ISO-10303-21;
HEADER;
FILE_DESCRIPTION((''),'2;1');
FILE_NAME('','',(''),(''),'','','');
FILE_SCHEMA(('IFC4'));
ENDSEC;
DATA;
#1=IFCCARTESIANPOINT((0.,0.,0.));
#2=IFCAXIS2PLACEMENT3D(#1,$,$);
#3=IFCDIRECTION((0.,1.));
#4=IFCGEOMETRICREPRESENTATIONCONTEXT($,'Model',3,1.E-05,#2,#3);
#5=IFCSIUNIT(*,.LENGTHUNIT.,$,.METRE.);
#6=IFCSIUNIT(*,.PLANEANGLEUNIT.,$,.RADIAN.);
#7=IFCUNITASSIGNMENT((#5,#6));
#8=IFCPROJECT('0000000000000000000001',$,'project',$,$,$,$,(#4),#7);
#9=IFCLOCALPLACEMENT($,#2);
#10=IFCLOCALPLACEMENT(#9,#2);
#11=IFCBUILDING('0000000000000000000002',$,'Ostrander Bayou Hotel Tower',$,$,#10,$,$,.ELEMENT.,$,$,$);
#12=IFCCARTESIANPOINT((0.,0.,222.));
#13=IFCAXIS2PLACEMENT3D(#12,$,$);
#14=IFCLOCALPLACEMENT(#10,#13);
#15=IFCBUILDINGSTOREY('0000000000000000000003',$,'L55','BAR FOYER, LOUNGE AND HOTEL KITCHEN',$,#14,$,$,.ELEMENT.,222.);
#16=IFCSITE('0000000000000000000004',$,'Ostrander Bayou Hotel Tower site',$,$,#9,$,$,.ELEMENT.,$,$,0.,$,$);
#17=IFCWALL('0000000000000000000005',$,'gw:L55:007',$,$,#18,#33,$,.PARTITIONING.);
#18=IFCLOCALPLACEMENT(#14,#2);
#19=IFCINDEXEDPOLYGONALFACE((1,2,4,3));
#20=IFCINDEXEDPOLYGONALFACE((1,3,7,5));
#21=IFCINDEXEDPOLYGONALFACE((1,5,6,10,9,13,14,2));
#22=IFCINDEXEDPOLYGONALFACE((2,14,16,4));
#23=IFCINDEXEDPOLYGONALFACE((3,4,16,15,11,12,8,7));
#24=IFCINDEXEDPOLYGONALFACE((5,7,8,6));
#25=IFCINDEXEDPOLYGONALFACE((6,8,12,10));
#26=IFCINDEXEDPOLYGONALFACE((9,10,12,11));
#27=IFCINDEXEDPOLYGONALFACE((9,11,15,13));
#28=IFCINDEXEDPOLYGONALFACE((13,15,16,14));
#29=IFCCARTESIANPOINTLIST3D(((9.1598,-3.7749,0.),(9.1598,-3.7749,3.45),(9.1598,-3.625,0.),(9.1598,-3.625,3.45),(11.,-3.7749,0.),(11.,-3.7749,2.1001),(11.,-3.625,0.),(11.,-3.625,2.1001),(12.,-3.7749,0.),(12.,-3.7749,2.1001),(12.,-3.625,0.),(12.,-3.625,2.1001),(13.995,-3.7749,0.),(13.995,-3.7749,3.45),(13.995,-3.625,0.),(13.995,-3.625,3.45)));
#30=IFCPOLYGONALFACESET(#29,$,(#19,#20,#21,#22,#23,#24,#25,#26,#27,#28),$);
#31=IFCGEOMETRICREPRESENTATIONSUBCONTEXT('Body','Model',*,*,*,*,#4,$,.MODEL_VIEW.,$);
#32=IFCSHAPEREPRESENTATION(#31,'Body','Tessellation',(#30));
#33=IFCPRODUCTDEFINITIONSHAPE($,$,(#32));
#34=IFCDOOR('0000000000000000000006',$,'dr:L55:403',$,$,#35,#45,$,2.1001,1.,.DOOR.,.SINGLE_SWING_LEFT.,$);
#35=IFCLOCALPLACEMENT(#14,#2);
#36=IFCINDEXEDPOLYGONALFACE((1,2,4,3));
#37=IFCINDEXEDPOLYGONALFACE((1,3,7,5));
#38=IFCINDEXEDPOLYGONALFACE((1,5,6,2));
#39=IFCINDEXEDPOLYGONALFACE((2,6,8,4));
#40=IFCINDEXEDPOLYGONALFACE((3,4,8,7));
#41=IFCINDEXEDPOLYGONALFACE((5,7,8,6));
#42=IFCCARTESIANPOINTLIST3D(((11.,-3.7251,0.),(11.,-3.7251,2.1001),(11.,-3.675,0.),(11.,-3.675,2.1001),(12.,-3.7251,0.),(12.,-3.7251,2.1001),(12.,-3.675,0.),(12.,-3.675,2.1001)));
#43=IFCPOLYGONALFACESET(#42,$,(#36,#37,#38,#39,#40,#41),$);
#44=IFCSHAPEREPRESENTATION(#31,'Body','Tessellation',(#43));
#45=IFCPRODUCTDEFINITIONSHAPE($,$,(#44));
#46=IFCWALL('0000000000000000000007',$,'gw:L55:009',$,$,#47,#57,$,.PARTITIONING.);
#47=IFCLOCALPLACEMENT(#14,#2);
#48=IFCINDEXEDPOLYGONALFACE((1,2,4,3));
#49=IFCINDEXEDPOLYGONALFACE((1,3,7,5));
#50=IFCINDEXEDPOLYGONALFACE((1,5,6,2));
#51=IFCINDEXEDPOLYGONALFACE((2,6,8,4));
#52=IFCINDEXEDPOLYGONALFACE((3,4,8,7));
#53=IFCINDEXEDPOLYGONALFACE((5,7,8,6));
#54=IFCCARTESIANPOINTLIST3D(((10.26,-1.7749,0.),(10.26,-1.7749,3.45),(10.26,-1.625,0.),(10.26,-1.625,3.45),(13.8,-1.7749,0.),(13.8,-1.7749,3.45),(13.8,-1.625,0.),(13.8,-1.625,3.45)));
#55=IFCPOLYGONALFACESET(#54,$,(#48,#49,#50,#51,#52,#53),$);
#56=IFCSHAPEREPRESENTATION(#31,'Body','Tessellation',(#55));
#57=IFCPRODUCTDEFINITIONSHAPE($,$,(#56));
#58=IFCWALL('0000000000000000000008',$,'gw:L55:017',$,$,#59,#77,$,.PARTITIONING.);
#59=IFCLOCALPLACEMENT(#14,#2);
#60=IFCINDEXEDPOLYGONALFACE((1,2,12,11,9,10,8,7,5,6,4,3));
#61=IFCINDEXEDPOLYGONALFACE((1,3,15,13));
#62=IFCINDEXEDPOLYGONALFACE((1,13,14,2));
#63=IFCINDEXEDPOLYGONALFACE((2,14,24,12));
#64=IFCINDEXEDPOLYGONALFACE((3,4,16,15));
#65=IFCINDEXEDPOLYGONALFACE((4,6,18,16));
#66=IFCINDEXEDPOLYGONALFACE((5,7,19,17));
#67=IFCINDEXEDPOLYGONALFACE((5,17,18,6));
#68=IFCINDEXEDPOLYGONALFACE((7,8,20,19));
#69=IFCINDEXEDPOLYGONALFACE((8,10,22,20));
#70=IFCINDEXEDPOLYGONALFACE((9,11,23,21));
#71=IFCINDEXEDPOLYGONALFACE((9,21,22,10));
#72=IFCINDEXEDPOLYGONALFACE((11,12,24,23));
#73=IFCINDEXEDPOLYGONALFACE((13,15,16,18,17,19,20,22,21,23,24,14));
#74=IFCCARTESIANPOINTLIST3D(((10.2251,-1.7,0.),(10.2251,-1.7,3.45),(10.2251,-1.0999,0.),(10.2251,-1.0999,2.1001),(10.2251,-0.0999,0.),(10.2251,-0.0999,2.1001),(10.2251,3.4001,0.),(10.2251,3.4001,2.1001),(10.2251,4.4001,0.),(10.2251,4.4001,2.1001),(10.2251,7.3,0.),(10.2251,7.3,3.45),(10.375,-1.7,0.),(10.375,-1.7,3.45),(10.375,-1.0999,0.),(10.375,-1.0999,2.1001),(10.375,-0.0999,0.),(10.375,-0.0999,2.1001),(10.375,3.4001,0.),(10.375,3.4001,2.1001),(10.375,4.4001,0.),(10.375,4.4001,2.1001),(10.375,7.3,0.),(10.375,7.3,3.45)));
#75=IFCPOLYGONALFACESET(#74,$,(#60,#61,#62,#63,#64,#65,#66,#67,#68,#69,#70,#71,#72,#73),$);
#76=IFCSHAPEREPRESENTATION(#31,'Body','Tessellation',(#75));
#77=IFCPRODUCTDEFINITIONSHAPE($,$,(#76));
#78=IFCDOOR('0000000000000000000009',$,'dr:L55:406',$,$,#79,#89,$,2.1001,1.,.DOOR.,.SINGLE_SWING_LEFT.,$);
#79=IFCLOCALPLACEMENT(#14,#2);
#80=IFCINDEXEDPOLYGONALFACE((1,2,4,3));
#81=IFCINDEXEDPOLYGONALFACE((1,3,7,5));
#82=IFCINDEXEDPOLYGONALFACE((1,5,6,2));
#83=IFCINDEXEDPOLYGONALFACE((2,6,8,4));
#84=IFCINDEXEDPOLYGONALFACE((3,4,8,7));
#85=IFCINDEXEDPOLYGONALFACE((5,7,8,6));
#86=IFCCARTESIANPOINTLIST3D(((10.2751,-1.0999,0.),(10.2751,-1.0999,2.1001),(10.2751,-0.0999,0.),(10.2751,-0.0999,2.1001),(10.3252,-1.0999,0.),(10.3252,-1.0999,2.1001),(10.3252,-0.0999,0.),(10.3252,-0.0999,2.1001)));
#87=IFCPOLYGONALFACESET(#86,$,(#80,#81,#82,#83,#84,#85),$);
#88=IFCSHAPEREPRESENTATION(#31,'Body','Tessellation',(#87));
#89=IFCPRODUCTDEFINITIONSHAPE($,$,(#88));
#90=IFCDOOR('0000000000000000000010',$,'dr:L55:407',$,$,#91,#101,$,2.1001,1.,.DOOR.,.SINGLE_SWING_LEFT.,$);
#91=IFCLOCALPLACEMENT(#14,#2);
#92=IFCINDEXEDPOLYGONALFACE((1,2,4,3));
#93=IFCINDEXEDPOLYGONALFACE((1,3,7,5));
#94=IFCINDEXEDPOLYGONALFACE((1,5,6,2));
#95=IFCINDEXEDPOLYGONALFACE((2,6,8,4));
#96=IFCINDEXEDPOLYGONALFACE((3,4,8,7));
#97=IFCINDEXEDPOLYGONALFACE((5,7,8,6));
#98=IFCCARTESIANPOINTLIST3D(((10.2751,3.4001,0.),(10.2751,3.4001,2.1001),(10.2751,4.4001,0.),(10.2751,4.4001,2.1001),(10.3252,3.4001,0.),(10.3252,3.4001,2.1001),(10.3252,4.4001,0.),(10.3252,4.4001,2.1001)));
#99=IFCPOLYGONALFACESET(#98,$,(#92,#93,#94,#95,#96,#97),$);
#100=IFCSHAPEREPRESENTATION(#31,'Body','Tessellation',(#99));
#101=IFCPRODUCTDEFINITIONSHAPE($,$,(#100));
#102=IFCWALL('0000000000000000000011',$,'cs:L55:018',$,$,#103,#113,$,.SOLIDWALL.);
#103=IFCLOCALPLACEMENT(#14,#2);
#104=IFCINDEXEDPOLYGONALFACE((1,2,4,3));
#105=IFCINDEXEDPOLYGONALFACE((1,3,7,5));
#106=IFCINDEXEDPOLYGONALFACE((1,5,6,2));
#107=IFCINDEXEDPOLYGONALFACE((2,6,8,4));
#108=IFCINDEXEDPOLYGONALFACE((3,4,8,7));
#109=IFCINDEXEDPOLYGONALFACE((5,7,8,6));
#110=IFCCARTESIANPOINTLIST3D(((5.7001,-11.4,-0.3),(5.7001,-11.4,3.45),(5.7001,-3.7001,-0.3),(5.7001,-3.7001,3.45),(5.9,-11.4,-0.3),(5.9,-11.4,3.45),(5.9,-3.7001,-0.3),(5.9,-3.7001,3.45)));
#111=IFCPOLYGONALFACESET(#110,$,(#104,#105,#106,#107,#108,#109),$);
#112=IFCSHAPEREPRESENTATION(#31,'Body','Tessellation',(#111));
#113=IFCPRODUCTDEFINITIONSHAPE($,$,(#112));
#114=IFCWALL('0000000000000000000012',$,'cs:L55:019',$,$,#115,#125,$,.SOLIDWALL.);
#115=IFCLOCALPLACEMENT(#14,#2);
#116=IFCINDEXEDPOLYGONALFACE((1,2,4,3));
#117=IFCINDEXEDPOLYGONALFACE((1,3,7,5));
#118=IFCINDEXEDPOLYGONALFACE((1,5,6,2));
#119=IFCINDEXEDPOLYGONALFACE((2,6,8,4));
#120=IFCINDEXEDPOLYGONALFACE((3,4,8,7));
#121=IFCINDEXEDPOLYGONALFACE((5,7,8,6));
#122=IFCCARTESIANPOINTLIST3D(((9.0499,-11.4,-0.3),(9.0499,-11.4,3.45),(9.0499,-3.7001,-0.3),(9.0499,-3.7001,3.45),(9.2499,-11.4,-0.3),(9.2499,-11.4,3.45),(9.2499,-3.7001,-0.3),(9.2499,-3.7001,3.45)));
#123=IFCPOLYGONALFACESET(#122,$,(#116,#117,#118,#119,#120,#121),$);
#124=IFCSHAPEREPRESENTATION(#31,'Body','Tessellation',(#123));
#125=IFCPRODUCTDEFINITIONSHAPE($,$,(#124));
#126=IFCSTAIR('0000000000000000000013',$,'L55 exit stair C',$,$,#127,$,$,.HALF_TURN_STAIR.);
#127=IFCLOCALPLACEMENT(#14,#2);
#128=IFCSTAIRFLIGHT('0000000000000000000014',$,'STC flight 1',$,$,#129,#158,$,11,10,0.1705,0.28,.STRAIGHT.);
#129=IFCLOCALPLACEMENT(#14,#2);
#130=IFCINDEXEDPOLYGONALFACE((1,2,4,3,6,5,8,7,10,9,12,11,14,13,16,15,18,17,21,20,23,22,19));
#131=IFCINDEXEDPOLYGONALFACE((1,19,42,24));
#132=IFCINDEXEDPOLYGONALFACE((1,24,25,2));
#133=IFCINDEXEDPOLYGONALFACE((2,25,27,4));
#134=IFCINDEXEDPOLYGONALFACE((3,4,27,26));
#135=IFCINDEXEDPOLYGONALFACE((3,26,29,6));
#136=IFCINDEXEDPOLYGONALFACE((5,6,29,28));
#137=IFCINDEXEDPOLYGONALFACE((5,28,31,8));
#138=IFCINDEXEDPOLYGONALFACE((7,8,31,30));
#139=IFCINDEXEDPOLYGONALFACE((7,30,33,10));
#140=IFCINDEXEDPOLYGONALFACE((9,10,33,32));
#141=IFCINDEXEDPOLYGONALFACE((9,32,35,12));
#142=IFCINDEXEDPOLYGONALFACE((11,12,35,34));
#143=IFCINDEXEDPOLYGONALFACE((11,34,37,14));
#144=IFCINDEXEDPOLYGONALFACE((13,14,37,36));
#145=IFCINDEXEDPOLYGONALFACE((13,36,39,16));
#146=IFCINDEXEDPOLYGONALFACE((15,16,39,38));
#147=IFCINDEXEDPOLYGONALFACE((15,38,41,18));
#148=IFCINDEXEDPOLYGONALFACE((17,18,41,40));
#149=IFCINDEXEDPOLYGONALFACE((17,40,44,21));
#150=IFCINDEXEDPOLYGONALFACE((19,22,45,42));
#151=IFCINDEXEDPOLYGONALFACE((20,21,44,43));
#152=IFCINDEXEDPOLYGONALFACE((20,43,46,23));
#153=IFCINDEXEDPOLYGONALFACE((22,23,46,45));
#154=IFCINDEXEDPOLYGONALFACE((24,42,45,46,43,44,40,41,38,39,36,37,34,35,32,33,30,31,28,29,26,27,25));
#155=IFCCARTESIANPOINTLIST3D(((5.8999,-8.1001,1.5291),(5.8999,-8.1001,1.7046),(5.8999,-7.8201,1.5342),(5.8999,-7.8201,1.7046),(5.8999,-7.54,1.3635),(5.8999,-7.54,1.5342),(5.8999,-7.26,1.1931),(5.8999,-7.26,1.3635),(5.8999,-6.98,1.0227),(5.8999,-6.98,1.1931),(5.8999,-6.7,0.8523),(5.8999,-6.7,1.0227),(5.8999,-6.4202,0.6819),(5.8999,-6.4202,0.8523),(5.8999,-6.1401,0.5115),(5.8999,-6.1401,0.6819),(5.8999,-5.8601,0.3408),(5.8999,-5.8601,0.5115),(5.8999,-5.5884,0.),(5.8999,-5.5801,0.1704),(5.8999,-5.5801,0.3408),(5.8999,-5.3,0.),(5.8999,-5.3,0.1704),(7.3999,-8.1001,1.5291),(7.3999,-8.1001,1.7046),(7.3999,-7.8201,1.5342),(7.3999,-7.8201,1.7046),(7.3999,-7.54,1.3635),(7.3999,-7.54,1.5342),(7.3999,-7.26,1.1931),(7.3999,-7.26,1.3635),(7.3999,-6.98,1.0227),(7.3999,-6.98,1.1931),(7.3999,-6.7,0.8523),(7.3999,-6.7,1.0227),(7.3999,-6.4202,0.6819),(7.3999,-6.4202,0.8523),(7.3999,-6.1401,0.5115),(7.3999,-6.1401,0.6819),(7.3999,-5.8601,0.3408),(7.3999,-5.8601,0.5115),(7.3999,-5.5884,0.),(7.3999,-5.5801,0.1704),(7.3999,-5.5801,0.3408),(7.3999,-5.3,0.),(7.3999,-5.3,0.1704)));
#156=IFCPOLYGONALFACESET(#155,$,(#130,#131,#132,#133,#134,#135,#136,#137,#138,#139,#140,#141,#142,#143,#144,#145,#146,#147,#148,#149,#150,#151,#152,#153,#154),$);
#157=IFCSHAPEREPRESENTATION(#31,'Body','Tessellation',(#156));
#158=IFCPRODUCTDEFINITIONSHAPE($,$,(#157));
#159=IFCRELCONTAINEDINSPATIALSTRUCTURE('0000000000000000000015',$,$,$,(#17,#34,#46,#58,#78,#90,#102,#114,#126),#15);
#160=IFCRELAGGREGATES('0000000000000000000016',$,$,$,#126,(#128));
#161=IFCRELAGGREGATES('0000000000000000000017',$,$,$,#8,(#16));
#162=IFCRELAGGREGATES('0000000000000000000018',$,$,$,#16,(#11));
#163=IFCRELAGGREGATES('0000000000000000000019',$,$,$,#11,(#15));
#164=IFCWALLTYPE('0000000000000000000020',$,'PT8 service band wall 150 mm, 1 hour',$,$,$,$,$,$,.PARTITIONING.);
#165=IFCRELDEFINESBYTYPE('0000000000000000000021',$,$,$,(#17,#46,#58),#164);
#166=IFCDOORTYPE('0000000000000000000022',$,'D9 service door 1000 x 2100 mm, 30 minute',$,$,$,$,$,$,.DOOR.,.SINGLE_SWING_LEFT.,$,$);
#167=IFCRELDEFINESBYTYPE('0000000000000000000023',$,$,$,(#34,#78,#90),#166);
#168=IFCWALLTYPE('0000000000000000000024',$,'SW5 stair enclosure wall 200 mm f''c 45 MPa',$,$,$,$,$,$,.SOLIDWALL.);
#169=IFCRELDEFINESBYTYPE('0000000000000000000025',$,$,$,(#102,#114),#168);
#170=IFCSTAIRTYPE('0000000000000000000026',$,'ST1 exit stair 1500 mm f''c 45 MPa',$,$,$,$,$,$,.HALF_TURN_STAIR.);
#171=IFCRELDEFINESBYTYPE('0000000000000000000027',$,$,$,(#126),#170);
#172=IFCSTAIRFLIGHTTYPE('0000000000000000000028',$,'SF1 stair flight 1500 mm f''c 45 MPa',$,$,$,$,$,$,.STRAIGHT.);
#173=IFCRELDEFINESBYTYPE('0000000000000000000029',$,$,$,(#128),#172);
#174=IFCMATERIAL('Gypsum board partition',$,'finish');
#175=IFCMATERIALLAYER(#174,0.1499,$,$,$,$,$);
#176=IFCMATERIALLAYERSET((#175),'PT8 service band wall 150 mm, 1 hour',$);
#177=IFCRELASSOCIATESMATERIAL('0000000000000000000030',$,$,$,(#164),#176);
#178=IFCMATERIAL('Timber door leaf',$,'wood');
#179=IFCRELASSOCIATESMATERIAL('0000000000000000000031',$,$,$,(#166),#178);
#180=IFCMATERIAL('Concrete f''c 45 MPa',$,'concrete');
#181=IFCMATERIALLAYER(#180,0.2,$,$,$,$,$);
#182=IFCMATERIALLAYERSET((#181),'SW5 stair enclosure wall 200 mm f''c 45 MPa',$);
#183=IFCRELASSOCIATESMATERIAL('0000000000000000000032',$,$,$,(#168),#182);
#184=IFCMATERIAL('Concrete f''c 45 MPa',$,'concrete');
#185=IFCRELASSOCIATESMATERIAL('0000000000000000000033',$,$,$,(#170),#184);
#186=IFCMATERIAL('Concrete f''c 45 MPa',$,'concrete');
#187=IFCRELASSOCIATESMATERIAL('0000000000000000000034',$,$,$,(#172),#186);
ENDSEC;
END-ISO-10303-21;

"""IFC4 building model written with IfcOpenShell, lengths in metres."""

from ifc_helpers import new_model, si_unit, direction, frame, frame_2d, origin, place, context, subcontext, project, spatial, polyline, rectangle, outline, extrude, material, layer, layer_set, type_object, element, fill, aggregate, save


model = new_model("IFC4")

# Units and contexts
model_context = context("Model", 3, precision=1e-05, world=origin(), true_north=direction((0.0, 1.0)))
body_context = subcontext(model_context, "Body", "Model", "MODEL_VIEW")
ifc_project = project(units=[si_unit("LENGTHUNIT", "METRE"), si_unit("PLANEANGLEUNIT", "RADIAN")], contexts=[model_context])

# Site, building, storey
site_placement = place(None, origin())
site = spatial("IfcSite", under=ifc_project, at=site_placement, Name="Ostrander Bayou Hotel Tower site", CompositionType="ELEMENT", RefElevation=0.0)
building_placement = place(site_placement, origin())
building = spatial("IfcBuilding", under=site, at=building_placement, Name="Ostrander Bayou Hotel Tower", CompositionType="ELEMENT")
storey_placement = place(building_placement, frame((0.0, 0.0, 222.0)))
storey = spatial("IfcBuildingStorey", under=building, at=storey_placement, Name="L55", Description="BAR FOYER, LOUNGE AND HOTEL KITCHEN", CompositionType="ELEMENT", Elevation=222.0)

# Shared definitions
ifc_material_1 = material(Name="Gypsum board partition", Category="finish")
ifc_layer_1 = layer(ifc_material_1, 0.1499)
ifc_layer_set_1 = layer_set([ifc_layer_1], Name="PT8 service band wall 150 mm, 1 hour")
wall_type_1 = type_object("IfcWallType", Name="PT8 service band wall 150 mm, 1 hour", PredefinedType="PARTITIONING", material=ifc_layer_set_1)

# Wall, opening, door
wall_1_placement = place(storey_placement, frame((9.1599, -3.7, 0.0), z_axis=(0.0, 0.0, 1.0), x_axis=(1.0, 0.0, 0.0)))
wall_1 = element("IfcWall", 1, at=wall_1_placement, inside=storey, type_object=wall_type_1, Name="gw:L55:007", PredefinedType="PARTITIONING", context=body_context, shape_type="SweptSolid", body=[
    extrude(rectangle(XDim=4.8352, YDim=0.1499, at=frame_2d((2.4175, 0.0))), origin(), (0.0, 0.0, 1.0), 3.45),
])
opening_1_placement = place(wall_1_placement, frame((1.8401, 0.0, 0.0)))
opening_1 = element("IfcOpeningElement", 2, at=opening_1_placement, cuts=wall_1, PredefinedType="OPENING", context=body_context, shape_type="SweptSolid", body=[
    extrude(rectangle(XDim=1.0, YDim=2.1001, at=frame_2d((0.5, 1.05))), frame((0.0, 0.075, 0.0), z_axis=(0.0, -1.0, 0.0), x_axis=(1.0, 0.0, 0.0)), (0.0, 0.0, 1.0), 0.1499),
])
ifc_material_2 = material(Name="Timber door leaf", Category="wood")
door_type_1 = type_object("IfcDoorType", Name="D9 service door 1000 x 2100 mm, 30 minute", OperationType="SINGLE_SWING_LEFT", PredefinedType="DOOR", material=ifc_material_2)
door_1_placement = place(opening_1_placement, origin())
door_1 = element("IfcDoor", 3, at=door_1_placement, inside=storey, type_object=door_type_1, Name="dr:L55:403", OperationType="SINGLE_SWING_LEFT", OverallHeight=2.1001, OverallWidth=1.0, PredefinedType="DOOR", context=body_context, shape_type="SweptSolid", body=[
    extrude(rectangle(XDim=1.0, YDim=2.1001, at=frame_2d((0.5, 1.05))), frame((0.0, 0.0249, 0.0), z_axis=(0.0, -1.0, 0.0), x_axis=(1.0, 0.0, 0.0)), (0.0, 0.0, 1.0), 0.05),
])
fill(opening_1, door_1)

# Wall
wall_2_placement = place(storey_placement, frame((10.26, -1.7, 0.0), z_axis=(0.0, 0.0, 1.0), x_axis=(1.0, 0.0, 0.0)))
element("IfcWall", 4, at=wall_2_placement, inside=storey, type_object=wall_type_1, Name="gw:L55:009", PredefinedType="PARTITIONING", context=body_context, shape_type="SweptSolid", body=[
    extrude(rectangle(XDim=3.54, YDim=0.1499, at=frame_2d((1.77, 0.0))), origin(), (0.0, 0.0, 1.0), 3.45),
])

# Wall, openings, doors
wall_3_placement = place(storey_placement, frame((10.3, -1.7, 0.0), z_axis=(0.0, 0.0, 1.0), x_axis=(0.0, 1.0, 0.0)))
wall_3 = element("IfcWall", 5, at=wall_3_placement, inside=storey, type_object=wall_type_1, Name="gw:L55:017", PredefinedType="PARTITIONING", context=body_context, shape_type="SweptSolid", body=[
    extrude(rectangle(XDim=9.0, YDim=0.1499, at=frame_2d((4.5, 0.0))), origin(), (0.0, 0.0, 1.0), 3.45),
])
opening_2_placement = place(wall_3_placement, frame((0.6001, 0.0, 0.0)))
opening_2 = element("IfcOpeningElement", 6, at=opening_2_placement, cuts=wall_3, PredefinedType="OPENING", context=body_context, shape_type="SweptSolid", body=[
    extrude(rectangle(XDim=1.0, YDim=2.1001, at=frame_2d((0.5, 1.05))), frame((0.0, 0.075, 0.0), z_axis=(0.0, -1.0, 0.0), x_axis=(1.0, 0.0, 0.0)), (0.0, 0.0, 1.0), 0.1499),
])
opening_3_placement = place(wall_3_placement, frame((5.1001, 0.0, 0.0)))
opening_3 = element("IfcOpeningElement", 7, at=opening_3_placement, cuts=wall_3, PredefinedType="OPENING", context=body_context, shape_type="SweptSolid", body=[
    extrude(rectangle(XDim=1.0, YDim=2.1001, at=frame_2d((0.5, 1.05))), frame((0.0, 0.075, 0.0), z_axis=(0.0, -1.0, 0.0), x_axis=(1.0, 0.0, 0.0)), (0.0, 0.0, 1.0), 0.1499),
])
door_2_placement = place(opening_2_placement, origin())
door_2 = element("IfcDoor", 8, at=door_2_placement, inside=storey, type_object=door_type_1, Name="dr:L55:406", OperationType="SINGLE_SWING_LEFT", OverallHeight=2.1001, OverallWidth=1.0, PredefinedType="DOOR", context=body_context, shape_type="SweptSolid", body=[
    extrude(rectangle(XDim=1.0, YDim=2.1001, at=frame_2d((0.5, 1.05))), frame((0.0, 0.0249, 0.0), z_axis=(0.0, -1.0, 0.0), x_axis=(1.0, 0.0, 0.0)), (0.0, 0.0, 1.0), 0.05),
])
fill(opening_2, door_2)
door_3_placement = place(opening_3_placement, origin())
door_3 = element("IfcDoor", 9, at=door_3_placement, inside=storey, type_object=door_type_1, Name="dr:L55:407", OperationType="SINGLE_SWING_LEFT", OverallHeight=2.1001, OverallWidth=1.0, PredefinedType="DOOR", context=body_context, shape_type="SweptSolid", body=[
    extrude(rectangle(XDim=1.0, YDim=2.1001, at=frame_2d((0.5, 1.05))), frame((0.0, 0.0249, 0.0), z_axis=(0.0, -1.0, 0.0), x_axis=(1.0, 0.0, 0.0)), (0.0, 0.0, 1.0), 0.05),
])
fill(opening_3, door_3)

# Shared definitions
ifc_material_3 = material(Name="Concrete f'c 45 MPa", Category="concrete")
ifc_layer_2 = layer(ifc_material_3, 0.2)
ifc_layer_set_2 = layer_set([ifc_layer_2], Name="SW5 stair enclosure wall 200 mm f'c 45 MPa")
wall_type_2 = type_object("IfcWallType", Name="SW5 stair enclosure wall 200 mm f'c 45 MPa", PredefinedType="SOLIDWALL", material=ifc_layer_set_2)

# Walls
for number, where, z_axis, x_axis, name in (
    (10, (5.8, -3.7, -0.3), (0.0, 0.0, 1.0), (0.0, -1.0, 0.0), "cs:L55:018"),
    (11, (9.1499, -3.7, -0.3), (0.0, 0.0, 1.0), (0.0, -1.0, 0.0), "cs:L55:019"),
):
    element("IfcWall", number, at=place(storey_placement, frame(where, z_axis=z_axis, x_axis=x_axis)), inside=storey, type_object=wall_type_2, Name=name, PredefinedType="SOLIDWALL", context=body_context, shape_type="SweptSolid", body=[
        extrude(rectangle(XDim=7.7, YDim=0.2, at=frame_2d((3.8501, 0.0))), origin(), (0.0, 0.0, 1.0), 3.75),
    ])

# Stair, stair flight
ifc_material_4 = material(Name="Concrete f'c 45 MPa", Category="concrete")
stair_type = type_object("IfcStairType", Name="ST1 exit stair 1500 mm f'c 45 MPa", PredefinedType="HALF_TURN_STAIR", material=ifc_material_4)
stair_placement = place(storey_placement, origin())
stair = element("IfcStair", 12, at=stair_placement, inside=storey, type_object=stair_type, Name="L55 exit stair C", PredefinedType="HALF_TURN_STAIR")
ifc_material_5 = material(Name="Concrete f'c 45 MPa", Category="concrete")
stair_flight_type = type_object("IfcStairFlightType", Name="SF1 stair flight 1500 mm f'c 45 MPa", PredefinedType="STRAIGHT", material=ifc_material_5)
stair_flight_placement = place(storey_placement, frame((6.6499, -5.3, 0.0), z_axis=(0.0, 0.0, 1.0), x_axis=(0.0, -1.0, 0.0)))
stair_flight = element("IfcStairFlight", 13, at=stair_flight_placement, type_object=stair_flight_type, Name="STC flight 1", NumberOfRisers=11, NumberOfTreads=10, PredefinedType="STRAIGHT", RiserHeight=0.1705, TreadLength=0.28, context=body_context, shape_type="SweptSolid", body=[
    extrude(outline(polyline([(0.0, 0.0), (0.0, 0.1704), (0.28, 0.1704), (0.28, 0.3408), (0.5601, 0.3408), (0.5601, 0.5115), (0.8401, 0.5115), (0.8401, 0.6819), (1.1201, 0.6819), (1.1201, 0.8523), (1.3999, 0.8523), (1.3999, 1.0227), (1.6799, 1.0227), (1.6799, 1.1931), (1.96, 1.1931), (1.96, 1.3635), (2.24, 1.3635), (2.24, 1.5342), (2.52, 1.5342), (2.52, 1.7046), (2.8, 1.7046), (2.8, 1.875), (2.8, 1.5291), (0.2883, 0.0), (0.0, 0.0)])), frame((0.0, 0.75, 0.0), z_axis=(0.0, -1.0, 0.0), x_axis=(1.0, 0.0, 0.0)), (0.0, 0.0, 1.0), 1.5),
])
aggregate(stair, [stair_flight])

save(model, "model.ifc")
